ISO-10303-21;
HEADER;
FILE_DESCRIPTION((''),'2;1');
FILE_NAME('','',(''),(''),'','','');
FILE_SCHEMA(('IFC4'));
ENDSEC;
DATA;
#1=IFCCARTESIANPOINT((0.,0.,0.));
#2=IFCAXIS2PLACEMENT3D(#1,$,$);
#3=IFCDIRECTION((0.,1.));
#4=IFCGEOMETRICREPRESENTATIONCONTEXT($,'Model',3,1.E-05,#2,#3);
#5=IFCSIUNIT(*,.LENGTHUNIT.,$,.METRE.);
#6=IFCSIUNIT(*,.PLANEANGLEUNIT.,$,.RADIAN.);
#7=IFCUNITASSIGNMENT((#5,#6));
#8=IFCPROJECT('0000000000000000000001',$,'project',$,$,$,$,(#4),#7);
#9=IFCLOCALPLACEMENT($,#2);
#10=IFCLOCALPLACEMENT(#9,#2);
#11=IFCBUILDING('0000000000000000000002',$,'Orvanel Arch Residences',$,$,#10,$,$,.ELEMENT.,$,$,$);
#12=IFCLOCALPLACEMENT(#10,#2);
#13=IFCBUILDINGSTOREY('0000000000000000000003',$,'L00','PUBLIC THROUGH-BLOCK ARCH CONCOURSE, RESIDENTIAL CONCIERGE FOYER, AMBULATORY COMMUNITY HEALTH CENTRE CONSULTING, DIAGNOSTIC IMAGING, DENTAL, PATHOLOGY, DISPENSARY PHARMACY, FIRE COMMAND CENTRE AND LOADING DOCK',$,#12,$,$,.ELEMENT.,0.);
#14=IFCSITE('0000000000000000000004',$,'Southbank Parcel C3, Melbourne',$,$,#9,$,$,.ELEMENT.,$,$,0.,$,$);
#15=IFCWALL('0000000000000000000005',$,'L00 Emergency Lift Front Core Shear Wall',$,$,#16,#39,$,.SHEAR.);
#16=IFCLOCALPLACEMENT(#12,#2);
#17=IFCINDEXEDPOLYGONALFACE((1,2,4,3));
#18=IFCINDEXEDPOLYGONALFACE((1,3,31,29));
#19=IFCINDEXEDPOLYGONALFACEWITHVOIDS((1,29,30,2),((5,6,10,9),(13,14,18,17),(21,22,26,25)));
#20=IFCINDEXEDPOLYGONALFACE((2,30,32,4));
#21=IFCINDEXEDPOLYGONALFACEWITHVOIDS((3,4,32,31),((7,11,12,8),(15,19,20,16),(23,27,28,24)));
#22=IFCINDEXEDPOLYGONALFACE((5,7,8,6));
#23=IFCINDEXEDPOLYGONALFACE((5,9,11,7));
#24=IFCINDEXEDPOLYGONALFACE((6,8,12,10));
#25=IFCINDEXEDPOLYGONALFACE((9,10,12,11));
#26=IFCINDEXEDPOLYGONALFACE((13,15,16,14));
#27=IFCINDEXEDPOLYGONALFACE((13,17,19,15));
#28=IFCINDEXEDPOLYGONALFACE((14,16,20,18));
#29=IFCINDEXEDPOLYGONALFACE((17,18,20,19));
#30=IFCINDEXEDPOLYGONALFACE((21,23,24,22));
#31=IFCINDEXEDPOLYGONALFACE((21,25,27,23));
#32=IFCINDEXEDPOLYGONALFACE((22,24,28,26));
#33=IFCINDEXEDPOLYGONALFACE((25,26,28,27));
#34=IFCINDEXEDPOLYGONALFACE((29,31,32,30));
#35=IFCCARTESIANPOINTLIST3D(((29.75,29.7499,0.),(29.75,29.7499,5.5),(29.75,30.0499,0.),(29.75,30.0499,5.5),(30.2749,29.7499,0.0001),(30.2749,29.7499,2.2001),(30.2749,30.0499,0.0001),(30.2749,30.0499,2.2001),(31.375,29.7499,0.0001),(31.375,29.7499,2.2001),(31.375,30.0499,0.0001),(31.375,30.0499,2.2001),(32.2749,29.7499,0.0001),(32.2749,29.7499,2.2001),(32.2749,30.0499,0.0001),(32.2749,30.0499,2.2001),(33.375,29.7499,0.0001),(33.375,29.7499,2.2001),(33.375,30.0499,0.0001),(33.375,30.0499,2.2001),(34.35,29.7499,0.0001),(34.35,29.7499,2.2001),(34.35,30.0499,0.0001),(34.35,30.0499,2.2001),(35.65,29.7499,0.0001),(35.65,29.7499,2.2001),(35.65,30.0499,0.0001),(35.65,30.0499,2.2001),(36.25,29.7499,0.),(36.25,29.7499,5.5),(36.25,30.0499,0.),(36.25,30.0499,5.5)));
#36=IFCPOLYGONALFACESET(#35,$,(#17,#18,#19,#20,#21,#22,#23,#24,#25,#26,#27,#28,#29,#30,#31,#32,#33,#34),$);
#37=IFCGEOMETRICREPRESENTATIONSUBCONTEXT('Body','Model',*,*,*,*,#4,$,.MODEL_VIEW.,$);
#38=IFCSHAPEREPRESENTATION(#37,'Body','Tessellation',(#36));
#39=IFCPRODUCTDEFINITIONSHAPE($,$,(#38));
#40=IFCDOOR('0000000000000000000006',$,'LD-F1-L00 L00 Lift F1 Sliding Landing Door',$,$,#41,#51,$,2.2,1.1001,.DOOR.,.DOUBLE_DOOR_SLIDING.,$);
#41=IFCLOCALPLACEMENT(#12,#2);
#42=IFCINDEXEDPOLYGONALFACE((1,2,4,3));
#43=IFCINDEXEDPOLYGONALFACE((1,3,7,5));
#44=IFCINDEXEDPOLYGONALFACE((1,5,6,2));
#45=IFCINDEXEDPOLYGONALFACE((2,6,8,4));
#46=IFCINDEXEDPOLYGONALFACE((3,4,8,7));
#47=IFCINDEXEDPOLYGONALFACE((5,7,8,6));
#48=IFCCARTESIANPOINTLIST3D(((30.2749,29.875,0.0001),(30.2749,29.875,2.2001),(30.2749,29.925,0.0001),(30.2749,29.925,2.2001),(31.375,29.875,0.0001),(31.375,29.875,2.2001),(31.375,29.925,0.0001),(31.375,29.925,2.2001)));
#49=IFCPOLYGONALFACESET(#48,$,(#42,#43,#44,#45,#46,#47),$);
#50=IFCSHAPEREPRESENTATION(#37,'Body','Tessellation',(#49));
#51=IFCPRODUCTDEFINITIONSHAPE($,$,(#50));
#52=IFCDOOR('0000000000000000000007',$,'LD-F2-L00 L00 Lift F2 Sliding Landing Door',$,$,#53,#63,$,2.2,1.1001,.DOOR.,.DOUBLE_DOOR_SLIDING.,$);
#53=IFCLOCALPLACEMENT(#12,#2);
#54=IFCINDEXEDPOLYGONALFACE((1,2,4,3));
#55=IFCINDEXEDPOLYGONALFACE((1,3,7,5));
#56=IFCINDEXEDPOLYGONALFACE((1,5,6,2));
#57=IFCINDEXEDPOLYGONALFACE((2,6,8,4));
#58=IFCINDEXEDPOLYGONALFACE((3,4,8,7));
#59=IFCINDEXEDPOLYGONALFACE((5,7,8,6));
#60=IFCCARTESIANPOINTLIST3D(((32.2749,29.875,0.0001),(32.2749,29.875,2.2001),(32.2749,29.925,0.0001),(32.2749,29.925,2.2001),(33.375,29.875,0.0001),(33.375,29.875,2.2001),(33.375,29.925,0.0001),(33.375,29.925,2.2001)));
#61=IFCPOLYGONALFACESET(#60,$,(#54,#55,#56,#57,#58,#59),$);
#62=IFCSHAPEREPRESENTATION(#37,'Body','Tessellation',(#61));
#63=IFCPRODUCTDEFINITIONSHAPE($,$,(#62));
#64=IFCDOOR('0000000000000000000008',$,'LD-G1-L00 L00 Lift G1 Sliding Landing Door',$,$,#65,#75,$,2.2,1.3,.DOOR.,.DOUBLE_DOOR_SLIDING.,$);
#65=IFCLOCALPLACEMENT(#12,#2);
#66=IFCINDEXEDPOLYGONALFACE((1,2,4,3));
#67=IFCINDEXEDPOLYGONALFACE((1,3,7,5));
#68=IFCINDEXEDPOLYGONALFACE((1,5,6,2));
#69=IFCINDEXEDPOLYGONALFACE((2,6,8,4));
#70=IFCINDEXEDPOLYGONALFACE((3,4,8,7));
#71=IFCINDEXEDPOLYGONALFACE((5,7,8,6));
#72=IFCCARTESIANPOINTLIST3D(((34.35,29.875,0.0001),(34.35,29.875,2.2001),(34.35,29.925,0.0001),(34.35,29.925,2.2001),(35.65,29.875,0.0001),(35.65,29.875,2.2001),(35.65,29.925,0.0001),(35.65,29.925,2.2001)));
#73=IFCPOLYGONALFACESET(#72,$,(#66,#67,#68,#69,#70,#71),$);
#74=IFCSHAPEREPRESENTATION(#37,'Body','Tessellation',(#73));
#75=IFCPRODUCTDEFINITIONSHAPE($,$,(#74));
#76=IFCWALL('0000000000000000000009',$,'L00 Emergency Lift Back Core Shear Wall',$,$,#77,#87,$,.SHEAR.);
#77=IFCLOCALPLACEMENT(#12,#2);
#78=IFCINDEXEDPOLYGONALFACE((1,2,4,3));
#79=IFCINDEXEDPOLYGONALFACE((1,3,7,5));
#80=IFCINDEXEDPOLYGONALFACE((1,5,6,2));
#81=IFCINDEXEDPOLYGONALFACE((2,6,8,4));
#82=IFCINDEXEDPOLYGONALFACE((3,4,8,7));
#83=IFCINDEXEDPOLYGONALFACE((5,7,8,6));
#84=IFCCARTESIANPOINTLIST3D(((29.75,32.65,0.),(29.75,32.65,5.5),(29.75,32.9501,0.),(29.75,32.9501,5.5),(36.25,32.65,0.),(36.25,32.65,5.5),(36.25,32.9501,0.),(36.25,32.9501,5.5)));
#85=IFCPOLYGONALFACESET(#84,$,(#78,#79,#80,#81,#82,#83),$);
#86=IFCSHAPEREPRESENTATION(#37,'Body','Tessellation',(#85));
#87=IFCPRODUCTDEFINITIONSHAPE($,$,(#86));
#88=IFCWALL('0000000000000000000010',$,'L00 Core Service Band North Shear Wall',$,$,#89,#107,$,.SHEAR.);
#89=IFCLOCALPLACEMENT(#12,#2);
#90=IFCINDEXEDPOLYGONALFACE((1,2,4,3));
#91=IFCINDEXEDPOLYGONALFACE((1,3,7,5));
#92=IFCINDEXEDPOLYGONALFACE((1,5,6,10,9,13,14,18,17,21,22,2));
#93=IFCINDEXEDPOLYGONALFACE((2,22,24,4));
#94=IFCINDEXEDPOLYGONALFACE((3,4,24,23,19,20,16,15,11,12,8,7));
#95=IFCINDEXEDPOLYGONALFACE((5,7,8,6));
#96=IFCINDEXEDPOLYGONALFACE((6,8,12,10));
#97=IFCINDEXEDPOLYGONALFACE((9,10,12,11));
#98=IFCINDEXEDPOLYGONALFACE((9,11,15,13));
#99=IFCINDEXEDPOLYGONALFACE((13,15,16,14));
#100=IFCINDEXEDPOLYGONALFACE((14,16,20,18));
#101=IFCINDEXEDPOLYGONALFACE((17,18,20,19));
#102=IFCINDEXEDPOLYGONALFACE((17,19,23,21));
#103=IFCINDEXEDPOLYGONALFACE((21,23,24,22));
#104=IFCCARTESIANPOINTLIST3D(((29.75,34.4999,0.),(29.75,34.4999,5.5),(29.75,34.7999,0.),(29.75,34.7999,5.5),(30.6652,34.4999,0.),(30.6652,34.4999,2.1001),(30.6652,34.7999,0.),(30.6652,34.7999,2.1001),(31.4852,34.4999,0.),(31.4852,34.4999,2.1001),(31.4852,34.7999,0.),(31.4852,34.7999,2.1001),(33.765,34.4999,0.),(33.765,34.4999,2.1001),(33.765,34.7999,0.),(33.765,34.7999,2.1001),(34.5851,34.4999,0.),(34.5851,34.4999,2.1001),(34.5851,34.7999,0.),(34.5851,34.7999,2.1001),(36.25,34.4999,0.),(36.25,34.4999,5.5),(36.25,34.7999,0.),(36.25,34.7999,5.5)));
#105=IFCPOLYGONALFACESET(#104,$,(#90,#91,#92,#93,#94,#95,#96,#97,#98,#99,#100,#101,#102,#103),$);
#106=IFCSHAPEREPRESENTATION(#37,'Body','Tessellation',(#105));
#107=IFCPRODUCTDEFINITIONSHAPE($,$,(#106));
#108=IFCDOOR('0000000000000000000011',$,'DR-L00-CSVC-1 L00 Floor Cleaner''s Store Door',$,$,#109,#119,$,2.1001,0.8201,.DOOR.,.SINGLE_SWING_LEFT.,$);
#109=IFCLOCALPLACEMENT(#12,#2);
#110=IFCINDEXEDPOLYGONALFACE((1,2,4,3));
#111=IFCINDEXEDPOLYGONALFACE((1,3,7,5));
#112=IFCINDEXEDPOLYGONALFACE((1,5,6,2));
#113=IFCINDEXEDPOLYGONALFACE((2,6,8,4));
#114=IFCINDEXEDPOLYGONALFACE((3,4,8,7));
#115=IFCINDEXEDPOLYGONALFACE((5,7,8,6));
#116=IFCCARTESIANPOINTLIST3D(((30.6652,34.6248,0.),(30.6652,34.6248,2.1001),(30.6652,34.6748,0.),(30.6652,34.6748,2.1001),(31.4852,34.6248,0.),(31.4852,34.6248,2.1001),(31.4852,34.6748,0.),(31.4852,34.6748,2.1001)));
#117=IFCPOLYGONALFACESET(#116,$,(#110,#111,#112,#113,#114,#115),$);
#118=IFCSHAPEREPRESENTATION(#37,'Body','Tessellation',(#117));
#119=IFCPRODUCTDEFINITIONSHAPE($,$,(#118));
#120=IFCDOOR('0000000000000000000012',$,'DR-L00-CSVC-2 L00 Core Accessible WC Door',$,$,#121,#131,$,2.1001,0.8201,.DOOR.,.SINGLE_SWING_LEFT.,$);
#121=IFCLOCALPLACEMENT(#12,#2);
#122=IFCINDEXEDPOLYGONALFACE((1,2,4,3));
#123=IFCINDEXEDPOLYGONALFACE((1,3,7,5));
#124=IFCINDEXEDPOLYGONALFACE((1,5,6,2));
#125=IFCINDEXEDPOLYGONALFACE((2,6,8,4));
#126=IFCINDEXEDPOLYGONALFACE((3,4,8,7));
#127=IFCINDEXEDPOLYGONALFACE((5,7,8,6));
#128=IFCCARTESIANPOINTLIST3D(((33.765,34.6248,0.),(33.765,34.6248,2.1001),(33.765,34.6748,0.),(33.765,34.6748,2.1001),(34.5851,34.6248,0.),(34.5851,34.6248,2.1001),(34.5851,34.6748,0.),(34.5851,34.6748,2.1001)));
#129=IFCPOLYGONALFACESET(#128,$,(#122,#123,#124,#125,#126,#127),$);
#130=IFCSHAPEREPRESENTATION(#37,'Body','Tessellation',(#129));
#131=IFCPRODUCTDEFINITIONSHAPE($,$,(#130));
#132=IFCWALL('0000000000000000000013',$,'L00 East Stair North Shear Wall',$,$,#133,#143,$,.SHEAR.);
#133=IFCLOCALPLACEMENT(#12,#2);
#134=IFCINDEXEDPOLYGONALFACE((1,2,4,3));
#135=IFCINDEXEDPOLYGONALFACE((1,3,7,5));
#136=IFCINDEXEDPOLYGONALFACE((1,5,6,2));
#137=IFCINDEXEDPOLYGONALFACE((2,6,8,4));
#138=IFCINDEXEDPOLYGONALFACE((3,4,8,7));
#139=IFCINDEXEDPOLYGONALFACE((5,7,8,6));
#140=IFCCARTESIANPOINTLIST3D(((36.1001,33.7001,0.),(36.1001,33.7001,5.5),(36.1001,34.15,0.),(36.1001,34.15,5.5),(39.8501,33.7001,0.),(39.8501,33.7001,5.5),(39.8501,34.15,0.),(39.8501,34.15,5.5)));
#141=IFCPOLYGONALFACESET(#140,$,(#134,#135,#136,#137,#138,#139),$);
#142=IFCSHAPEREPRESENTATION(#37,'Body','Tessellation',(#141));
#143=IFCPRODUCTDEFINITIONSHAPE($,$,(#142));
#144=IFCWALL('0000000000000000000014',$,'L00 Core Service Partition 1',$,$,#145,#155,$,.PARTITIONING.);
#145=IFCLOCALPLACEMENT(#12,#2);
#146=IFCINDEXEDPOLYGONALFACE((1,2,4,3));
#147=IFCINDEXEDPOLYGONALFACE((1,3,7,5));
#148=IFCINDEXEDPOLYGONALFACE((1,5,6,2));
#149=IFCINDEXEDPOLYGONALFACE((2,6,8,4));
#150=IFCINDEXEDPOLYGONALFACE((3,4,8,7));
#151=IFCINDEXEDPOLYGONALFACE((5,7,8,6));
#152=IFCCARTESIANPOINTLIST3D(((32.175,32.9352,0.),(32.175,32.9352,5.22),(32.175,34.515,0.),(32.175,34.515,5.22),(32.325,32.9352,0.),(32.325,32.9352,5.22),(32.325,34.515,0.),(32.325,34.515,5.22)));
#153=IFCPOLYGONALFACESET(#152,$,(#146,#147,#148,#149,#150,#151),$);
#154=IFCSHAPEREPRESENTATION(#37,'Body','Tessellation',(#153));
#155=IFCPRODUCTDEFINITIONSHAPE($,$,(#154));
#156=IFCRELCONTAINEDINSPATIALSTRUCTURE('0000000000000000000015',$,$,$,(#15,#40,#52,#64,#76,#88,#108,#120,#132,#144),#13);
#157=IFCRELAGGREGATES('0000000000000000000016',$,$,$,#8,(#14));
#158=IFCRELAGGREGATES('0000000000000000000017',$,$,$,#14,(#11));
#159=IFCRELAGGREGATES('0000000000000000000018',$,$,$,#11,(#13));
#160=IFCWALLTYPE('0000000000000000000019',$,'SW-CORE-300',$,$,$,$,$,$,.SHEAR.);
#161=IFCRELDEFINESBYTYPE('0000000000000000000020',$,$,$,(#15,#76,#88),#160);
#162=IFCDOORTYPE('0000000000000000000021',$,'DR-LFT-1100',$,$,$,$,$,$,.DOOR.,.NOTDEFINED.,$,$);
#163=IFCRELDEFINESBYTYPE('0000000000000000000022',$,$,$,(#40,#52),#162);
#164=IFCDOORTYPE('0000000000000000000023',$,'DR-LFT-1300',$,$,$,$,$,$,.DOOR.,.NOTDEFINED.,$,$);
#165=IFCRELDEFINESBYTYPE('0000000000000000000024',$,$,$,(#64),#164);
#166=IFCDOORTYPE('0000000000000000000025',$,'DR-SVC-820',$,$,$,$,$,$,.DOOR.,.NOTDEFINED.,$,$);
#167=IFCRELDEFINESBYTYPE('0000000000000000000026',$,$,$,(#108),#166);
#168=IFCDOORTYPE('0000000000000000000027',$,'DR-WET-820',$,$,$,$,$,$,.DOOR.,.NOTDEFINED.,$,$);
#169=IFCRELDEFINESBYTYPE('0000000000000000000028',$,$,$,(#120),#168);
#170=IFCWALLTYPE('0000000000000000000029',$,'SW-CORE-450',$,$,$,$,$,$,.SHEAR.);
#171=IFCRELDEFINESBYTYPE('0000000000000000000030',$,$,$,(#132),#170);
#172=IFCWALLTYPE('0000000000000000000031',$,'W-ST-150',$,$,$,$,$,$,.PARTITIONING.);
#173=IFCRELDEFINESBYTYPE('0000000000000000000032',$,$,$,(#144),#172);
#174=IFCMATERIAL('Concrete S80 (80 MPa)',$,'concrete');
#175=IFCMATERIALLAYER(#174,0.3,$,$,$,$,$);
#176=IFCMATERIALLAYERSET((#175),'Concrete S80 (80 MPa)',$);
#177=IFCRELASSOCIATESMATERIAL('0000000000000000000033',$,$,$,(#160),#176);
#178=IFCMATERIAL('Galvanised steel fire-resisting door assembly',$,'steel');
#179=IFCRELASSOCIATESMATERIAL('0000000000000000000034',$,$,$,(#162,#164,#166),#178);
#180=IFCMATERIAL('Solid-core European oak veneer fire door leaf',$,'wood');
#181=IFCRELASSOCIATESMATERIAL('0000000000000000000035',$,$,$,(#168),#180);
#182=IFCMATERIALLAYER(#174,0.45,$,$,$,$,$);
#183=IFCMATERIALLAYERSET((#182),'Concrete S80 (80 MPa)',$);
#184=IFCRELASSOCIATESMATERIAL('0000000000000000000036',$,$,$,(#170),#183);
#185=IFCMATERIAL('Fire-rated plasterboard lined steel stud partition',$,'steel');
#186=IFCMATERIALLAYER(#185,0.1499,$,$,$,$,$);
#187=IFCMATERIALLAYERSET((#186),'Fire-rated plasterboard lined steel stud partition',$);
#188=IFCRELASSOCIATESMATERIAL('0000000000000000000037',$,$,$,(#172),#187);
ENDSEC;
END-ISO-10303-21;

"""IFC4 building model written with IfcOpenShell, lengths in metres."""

from ifc_helpers import new_model, si_unit, direction, frame, frame_2d, origin, place, context, subcontext, project, spatial, rectangle, extrude, material, layer, layer_set, type_object, element, fill, save


model = new_model("IFC4")

# Units and contexts
model_context = context("Model", 3, precision=1e-05, world=origin(), true_north=direction((0.0, 1.0)))
body_context = subcontext(model_context, "Body", "Model", "MODEL_VIEW")
ifc_project = project(units=[si_unit("LENGTHUNIT", "METRE"), si_unit("PLANEANGLEUNIT", "RADIAN")], contexts=[model_context])

# Site, building, storey
site_placement = place(None, origin())
site = spatial("IfcSite", under=ifc_project, at=site_placement, Name="Southbank Parcel C3, Melbourne", CompositionType="ELEMENT", RefElevation=0.0)
building_placement = place(site_placement, origin())
building = spatial("IfcBuilding", under=site, at=building_placement, Name="Orvanel Arch Residences", CompositionType="ELEMENT")
storey_placement = place(building_placement, origin())
storey = spatial("IfcBuildingStorey", under=building, at=storey_placement, Name="L00", Description="PUBLIC THROUGH-BLOCK ARCH CONCOURSE, RESIDENTIAL CONCIERGE FOYER, AMBULATORY COMMUNITY HEALTH CENTRE CONSULTING, DIAGNOSTIC IMAGING, DENTAL, PATHOLOGY, DISPENSARY PHARMACY, FIRE COMMAND CENTRE AND LOADING DOCK", CompositionType="ELEMENT", Elevation=0.0)

# Wall, openings, doors
ifc_material_1 = material(Name="Concrete S80 (80 MPa)", Category="concrete")
ifc_layer_1 = layer(ifc_material_1, 0.3)
ifc_layer_set_1 = layer_set([ifc_layer_1], Name="Concrete S80 (80 MPa)")
wall_type_1 = type_object("IfcWallType", Name="SW-CORE-300", PredefinedType="SHEAR", material=ifc_layer_set_1)
wall_1_placement = place(storey_placement, frame((36.25, 29.8999, 0.0), z_axis=(0.0, 0.0, 1.0), x_axis=(-1.0, 0.0, 0.0)))
wall_1 = element("IfcWall", 1, at=wall_1_placement, inside=storey, type_object=wall_type_1, Name="L00 Emergency Lift Front Core Shear Wall", PredefinedType="SHEAR", context=body_context, shape_type="SweptSolid", body=[
    extrude(rectangle(XDim=6.5, YDim=0.3, at=frame_2d((3.25, 0.0))), origin(), (0.0, 0.0, 1.0), 5.5),
])
opening_1_placement = place(wall_1_placement, frame((4.875, 0.0, 0.0)))
opening_1 = element("IfcOpeningElement", 2, at=opening_1_placement, cuts=wall_1, PredefinedType="OPENING", context=body_context, shape_type="SweptSolid", body=[
    extrude(rectangle(XDim=1.1001, YDim=2.2, at=frame_2d((0.55, 1.1001))), frame((0.0, 0.1599, 0.0), z_axis=(0.0, -1.0, 0.0), x_axis=(1.0, 0.0, 0.0)), (0.0, 0.0, 1.0), 0.3201),
])
opening_2_placement = place(wall_1_placement, frame((2.875, 0.0, 0.0)))
opening_2 = element("IfcOpeningElement", 3, at=opening_2_placement, cuts=wall_1, PredefinedType="OPENING", context=body_context, shape_type="SweptSolid", body=[
    extrude(rectangle(XDim=1.1001, YDim=2.2, at=frame_2d((0.55, 1.1001))), frame((0.0, 0.1599, 0.0), z_axis=(0.0, -1.0, 0.0), x_axis=(1.0, 0.0, 0.0)), (0.0, 0.0, 1.0), 0.3201),
])
opening_3_placement = place(wall_1_placement, frame((0.6001, 0.0, 0.0)))
opening_3 = element("IfcOpeningElement", 4, at=opening_3_placement, cuts=wall_1, PredefinedType="OPENING", context=body_context, shape_type="SweptSolid", body=[
    extrude(rectangle(XDim=1.3, YDim=2.2, at=frame_2d((0.6499, 1.1001))), frame((0.0, 0.1599, 0.0), z_axis=(0.0, -1.0, 0.0), x_axis=(1.0, 0.0, 0.0)), (0.0, 0.0, 1.0), 0.3201),
])
ifc_material_2 = material(Name="Galvanised steel fire-resisting door assembly", Category="steel")
door_type_1 = type_object("IfcDoorType", Name="DR-LFT-1100", OperationType="NOTDEFINED", PredefinedType="DOOR", material=ifc_material_2)
door_1_placement = place(opening_1_placement, origin())
door_1 = element("IfcDoor", 5, at=door_1_placement, inside=storey, type_object=door_type_1, Name="LD-F1-L00 L00 Lift F1 Sliding Landing Door", OperationType="DOUBLE_DOOR_SLIDING", OverallHeight=2.2, OverallWidth=1.1001, PredefinedType="DOOR", context=body_context, shape_type="SweptSolid", body=[
    extrude(rectangle(XDim=1.1001, YDim=2.2, at=frame_2d((0.55, 1.1001))), frame((0.0, 0.0249, 0.0), z_axis=(0.0, -1.0, 0.0), x_axis=(1.0, 0.0, 0.0)), (0.0, 0.0, 1.0), 0.05),
])
fill(opening_1, door_1)
door_2_placement = place(opening_2_placement, origin())
door_2 = element("IfcDoor", 6, at=door_2_placement, inside=storey, type_object=door_type_1, Name="LD-F2-L00 L00 Lift F2 Sliding Landing Door", OperationType="DOUBLE_DOOR_SLIDING", OverallHeight=2.2, OverallWidth=1.1001, PredefinedType="DOOR", context=body_context, shape_type="SweptSolid", body=[
    extrude(rectangle(XDim=1.1001, YDim=2.2, at=frame_2d((0.55, 1.1001))), frame((0.0, 0.0249, 0.0), z_axis=(0.0, -1.0, 0.0), x_axis=(1.0, 0.0, 0.0)), (0.0, 0.0, 1.0), 0.05),
])
fill(opening_2, door_2)
door_type_2 = type_object("IfcDoorType", Name="DR-LFT-1300", OperationType="NOTDEFINED", PredefinedType="DOOR", material=ifc_material_2)
door_3_placement = place(opening_3_placement, origin())
door_3 = element("IfcDoor", 7, at=door_3_placement, inside=storey, type_object=door_type_2, Name="LD-G1-L00 L00 Lift G1 Sliding Landing Door", OperationType="DOUBLE_DOOR_SLIDING", OverallHeight=2.2, OverallWidth=1.3, PredefinedType="DOOR", context=body_context, shape_type="SweptSolid", body=[
    extrude(rectangle(XDim=1.3, YDim=2.2, at=frame_2d((0.6499, 1.1001))), frame((0.0, 0.0249, 0.0), z_axis=(0.0, -1.0, 0.0), x_axis=(1.0, 0.0, 0.0)), (0.0, 0.0, 1.0), 0.05),
])
fill(opening_3, door_3)

# Wall
wall_2_placement = place(storey_placement, frame((29.75, 32.8, 0.0), z_axis=(0.0, 0.0, 1.0), x_axis=(1.0, 0.0, 0.0)))
element("IfcWall", 8, at=wall_2_placement, inside=storey, type_object=wall_type_1, Name="L00 Emergency Lift Back Core Shear Wall", PredefinedType="SHEAR", context=body_context, shape_type="SweptSolid", body=[
    extrude(rectangle(XDim=6.5, YDim=0.3, at=frame_2d((3.25, 0.0))), origin(), (0.0, 0.0, 1.0), 5.5),
])

# Wall, openings, doors
wall_3_placement = place(storey_placement, frame((29.75, 34.6499, 0.0), z_axis=(0.0, 0.0, 1.0), x_axis=(1.0, 0.0, 0.0)))
wall_3 = element("IfcWall", 9, at=wall_3_placement, inside=storey, type_object=wall_type_1, Name="L00 Core Service Band North Shear Wall", PredefinedType="SHEAR", context=body_context, shape_type="SweptSolid", body=[
    extrude(rectangle(XDim=6.5, YDim=0.3, at=frame_2d((3.25, 0.0))), origin(), (0.0, 0.0, 1.0), 5.5),
])
opening_4_placement = place(wall_3_placement, frame((0.915, 0.0, 0.0)))
opening_4 = element("IfcOpeningElement", 10, at=opening_4_placement, cuts=wall_3, PredefinedType="OPENING", context=body_context, shape_type="SweptSolid", body=[
    extrude(rectangle(XDim=0.8201, YDim=2.1001, at=frame_2d((0.4102, 1.05))), frame((0.0, 0.1599, 0.0), z_axis=(0.0, -1.0, 0.0), x_axis=(1.0, 0.0, 0.0)), (0.0, 0.0, 1.0), 0.3201),
])
opening_5_placement = place(wall_3_placement, frame((4.0149, 0.0, 0.0)))
opening_5 = element("IfcOpeningElement", 11, at=opening_5_placement, cuts=wall_3, PredefinedType="OPENING", context=body_context, shape_type="SweptSolid", body=[
    extrude(rectangle(XDim=0.8201, YDim=2.1001, at=frame_2d((0.4102, 1.05))), frame((0.0, 0.1599, 0.0), z_axis=(0.0, -1.0, 0.0), x_axis=(1.0, 0.0, 0.0)), (0.0, 0.0, 1.0), 0.3201),
])
door_type_3 = type_object("IfcDoorType", Name="DR-SVC-820", OperationType="NOTDEFINED", PredefinedType="DOOR", material=ifc_material_2)
door_4_placement = place(opening_4_placement, origin())
door_4 = element("IfcDoor", 12, at=door_4_placement, inside=storey, type_object=door_type_3, Name="DR-L00-CSVC-1 L00 Floor Cleaner's Store Door", OperationType="SINGLE_SWING_LEFT", OverallHeight=2.1001, OverallWidth=0.8201, PredefinedType="DOOR", context=body_context, shape_type="SweptSolid", body=[
    extrude(rectangle(XDim=0.8201, YDim=2.1001, at=frame_2d((0.4102, 1.05))), frame((0.0, 0.0249, 0.0), z_axis=(0.0, -1.0, 0.0), x_axis=(1.0, 0.0, 0.0)), (0.0, 0.0, 1.0), 0.05),
])
fill(opening_4, door_4)
ifc_material_3 = material(Name="Solid-core European oak veneer fire door leaf", Category="wood")
door_type_4 = type_object("IfcDoorType", Name="DR-WET-820", OperationType="NOTDEFINED", PredefinedType="DOOR", material=ifc_material_3)
door_5_placement = place(opening_5_placement, origin())
door_5 = element("IfcDoor", 13, at=door_5_placement, inside=storey, type_object=door_type_4, Name="DR-L00-CSVC-2 L00 Core Accessible WC Door", OperationType="SINGLE_SWING_LEFT", OverallHeight=2.1001, OverallWidth=0.8201, PredefinedType="DOOR", context=body_context, shape_type="SweptSolid", body=[
    extrude(rectangle(XDim=0.8201, YDim=2.1001, at=frame_2d((0.4102, 1.05))), frame((0.0, 0.0249, 0.0), z_axis=(0.0, -1.0, 0.0), x_axis=(1.0, 0.0, 0.0)), (0.0, 0.0, 1.0), 0.05),
])
fill(opening_5, door_5)

# Walls
ifc_layer_2 = layer(ifc_material_1, 0.45)
ifc_layer_set_2 = layer_set([ifc_layer_2], Name="Concrete S80 (80 MPa)")
wall_type_2 = type_object("IfcWallType", Name="SW-CORE-450", PredefinedType="SHEAR", material=ifc_layer_set_2)
wall_4_placement = place(storey_placement, frame((36.1001, 33.925, 0.0), z_axis=(0.0, 0.0, 1.0), x_axis=(1.0, 0.0, 0.0)))
element("IfcWall", 14, at=wall_4_placement, inside=storey, type_object=wall_type_2, Name="L00 East Stair North Shear Wall", PredefinedType="SHEAR", context=body_context, shape_type="SweptSolid", body=[
    extrude(rectangle(XDim=3.75, YDim=0.45, at=frame_2d((1.875, 0.0))), origin(), (0.0, 0.0, 1.0), 5.5),
])
ifc_material_4 = material(Name="Fire-rated plasterboard lined steel stud partition", Category="steel")
ifc_layer_3 = layer(ifc_material_4, 0.1499)
ifc_layer_set_3 = layer_set([ifc_layer_3], Name="Fire-rated plasterboard lined steel stud partition")
wall_type_3 = type_object("IfcWallType", Name="W-ST-150", PredefinedType="PARTITIONING", material=ifc_layer_set_3)
wall_5_placement = place(storey_placement, frame((32.25, 32.9351, 0.0), z_axis=(0.0, 0.0, 1.0), x_axis=(0.0, 1.0, 0.0)))
element("IfcWall", 15, at=wall_5_placement, inside=storey, type_object=wall_type_3, Name="L00 Core Service Partition 1", PredefinedType="PARTITIONING", context=body_context, shape_type="SweptSolid", body=[
    extrude(rectangle(XDim=1.5798, YDim=0.1499, at=frame_2d((0.79, 0.0))), origin(), (0.0, 0.0, 1.0), 5.22),
])

save(model, "model.ifc")
